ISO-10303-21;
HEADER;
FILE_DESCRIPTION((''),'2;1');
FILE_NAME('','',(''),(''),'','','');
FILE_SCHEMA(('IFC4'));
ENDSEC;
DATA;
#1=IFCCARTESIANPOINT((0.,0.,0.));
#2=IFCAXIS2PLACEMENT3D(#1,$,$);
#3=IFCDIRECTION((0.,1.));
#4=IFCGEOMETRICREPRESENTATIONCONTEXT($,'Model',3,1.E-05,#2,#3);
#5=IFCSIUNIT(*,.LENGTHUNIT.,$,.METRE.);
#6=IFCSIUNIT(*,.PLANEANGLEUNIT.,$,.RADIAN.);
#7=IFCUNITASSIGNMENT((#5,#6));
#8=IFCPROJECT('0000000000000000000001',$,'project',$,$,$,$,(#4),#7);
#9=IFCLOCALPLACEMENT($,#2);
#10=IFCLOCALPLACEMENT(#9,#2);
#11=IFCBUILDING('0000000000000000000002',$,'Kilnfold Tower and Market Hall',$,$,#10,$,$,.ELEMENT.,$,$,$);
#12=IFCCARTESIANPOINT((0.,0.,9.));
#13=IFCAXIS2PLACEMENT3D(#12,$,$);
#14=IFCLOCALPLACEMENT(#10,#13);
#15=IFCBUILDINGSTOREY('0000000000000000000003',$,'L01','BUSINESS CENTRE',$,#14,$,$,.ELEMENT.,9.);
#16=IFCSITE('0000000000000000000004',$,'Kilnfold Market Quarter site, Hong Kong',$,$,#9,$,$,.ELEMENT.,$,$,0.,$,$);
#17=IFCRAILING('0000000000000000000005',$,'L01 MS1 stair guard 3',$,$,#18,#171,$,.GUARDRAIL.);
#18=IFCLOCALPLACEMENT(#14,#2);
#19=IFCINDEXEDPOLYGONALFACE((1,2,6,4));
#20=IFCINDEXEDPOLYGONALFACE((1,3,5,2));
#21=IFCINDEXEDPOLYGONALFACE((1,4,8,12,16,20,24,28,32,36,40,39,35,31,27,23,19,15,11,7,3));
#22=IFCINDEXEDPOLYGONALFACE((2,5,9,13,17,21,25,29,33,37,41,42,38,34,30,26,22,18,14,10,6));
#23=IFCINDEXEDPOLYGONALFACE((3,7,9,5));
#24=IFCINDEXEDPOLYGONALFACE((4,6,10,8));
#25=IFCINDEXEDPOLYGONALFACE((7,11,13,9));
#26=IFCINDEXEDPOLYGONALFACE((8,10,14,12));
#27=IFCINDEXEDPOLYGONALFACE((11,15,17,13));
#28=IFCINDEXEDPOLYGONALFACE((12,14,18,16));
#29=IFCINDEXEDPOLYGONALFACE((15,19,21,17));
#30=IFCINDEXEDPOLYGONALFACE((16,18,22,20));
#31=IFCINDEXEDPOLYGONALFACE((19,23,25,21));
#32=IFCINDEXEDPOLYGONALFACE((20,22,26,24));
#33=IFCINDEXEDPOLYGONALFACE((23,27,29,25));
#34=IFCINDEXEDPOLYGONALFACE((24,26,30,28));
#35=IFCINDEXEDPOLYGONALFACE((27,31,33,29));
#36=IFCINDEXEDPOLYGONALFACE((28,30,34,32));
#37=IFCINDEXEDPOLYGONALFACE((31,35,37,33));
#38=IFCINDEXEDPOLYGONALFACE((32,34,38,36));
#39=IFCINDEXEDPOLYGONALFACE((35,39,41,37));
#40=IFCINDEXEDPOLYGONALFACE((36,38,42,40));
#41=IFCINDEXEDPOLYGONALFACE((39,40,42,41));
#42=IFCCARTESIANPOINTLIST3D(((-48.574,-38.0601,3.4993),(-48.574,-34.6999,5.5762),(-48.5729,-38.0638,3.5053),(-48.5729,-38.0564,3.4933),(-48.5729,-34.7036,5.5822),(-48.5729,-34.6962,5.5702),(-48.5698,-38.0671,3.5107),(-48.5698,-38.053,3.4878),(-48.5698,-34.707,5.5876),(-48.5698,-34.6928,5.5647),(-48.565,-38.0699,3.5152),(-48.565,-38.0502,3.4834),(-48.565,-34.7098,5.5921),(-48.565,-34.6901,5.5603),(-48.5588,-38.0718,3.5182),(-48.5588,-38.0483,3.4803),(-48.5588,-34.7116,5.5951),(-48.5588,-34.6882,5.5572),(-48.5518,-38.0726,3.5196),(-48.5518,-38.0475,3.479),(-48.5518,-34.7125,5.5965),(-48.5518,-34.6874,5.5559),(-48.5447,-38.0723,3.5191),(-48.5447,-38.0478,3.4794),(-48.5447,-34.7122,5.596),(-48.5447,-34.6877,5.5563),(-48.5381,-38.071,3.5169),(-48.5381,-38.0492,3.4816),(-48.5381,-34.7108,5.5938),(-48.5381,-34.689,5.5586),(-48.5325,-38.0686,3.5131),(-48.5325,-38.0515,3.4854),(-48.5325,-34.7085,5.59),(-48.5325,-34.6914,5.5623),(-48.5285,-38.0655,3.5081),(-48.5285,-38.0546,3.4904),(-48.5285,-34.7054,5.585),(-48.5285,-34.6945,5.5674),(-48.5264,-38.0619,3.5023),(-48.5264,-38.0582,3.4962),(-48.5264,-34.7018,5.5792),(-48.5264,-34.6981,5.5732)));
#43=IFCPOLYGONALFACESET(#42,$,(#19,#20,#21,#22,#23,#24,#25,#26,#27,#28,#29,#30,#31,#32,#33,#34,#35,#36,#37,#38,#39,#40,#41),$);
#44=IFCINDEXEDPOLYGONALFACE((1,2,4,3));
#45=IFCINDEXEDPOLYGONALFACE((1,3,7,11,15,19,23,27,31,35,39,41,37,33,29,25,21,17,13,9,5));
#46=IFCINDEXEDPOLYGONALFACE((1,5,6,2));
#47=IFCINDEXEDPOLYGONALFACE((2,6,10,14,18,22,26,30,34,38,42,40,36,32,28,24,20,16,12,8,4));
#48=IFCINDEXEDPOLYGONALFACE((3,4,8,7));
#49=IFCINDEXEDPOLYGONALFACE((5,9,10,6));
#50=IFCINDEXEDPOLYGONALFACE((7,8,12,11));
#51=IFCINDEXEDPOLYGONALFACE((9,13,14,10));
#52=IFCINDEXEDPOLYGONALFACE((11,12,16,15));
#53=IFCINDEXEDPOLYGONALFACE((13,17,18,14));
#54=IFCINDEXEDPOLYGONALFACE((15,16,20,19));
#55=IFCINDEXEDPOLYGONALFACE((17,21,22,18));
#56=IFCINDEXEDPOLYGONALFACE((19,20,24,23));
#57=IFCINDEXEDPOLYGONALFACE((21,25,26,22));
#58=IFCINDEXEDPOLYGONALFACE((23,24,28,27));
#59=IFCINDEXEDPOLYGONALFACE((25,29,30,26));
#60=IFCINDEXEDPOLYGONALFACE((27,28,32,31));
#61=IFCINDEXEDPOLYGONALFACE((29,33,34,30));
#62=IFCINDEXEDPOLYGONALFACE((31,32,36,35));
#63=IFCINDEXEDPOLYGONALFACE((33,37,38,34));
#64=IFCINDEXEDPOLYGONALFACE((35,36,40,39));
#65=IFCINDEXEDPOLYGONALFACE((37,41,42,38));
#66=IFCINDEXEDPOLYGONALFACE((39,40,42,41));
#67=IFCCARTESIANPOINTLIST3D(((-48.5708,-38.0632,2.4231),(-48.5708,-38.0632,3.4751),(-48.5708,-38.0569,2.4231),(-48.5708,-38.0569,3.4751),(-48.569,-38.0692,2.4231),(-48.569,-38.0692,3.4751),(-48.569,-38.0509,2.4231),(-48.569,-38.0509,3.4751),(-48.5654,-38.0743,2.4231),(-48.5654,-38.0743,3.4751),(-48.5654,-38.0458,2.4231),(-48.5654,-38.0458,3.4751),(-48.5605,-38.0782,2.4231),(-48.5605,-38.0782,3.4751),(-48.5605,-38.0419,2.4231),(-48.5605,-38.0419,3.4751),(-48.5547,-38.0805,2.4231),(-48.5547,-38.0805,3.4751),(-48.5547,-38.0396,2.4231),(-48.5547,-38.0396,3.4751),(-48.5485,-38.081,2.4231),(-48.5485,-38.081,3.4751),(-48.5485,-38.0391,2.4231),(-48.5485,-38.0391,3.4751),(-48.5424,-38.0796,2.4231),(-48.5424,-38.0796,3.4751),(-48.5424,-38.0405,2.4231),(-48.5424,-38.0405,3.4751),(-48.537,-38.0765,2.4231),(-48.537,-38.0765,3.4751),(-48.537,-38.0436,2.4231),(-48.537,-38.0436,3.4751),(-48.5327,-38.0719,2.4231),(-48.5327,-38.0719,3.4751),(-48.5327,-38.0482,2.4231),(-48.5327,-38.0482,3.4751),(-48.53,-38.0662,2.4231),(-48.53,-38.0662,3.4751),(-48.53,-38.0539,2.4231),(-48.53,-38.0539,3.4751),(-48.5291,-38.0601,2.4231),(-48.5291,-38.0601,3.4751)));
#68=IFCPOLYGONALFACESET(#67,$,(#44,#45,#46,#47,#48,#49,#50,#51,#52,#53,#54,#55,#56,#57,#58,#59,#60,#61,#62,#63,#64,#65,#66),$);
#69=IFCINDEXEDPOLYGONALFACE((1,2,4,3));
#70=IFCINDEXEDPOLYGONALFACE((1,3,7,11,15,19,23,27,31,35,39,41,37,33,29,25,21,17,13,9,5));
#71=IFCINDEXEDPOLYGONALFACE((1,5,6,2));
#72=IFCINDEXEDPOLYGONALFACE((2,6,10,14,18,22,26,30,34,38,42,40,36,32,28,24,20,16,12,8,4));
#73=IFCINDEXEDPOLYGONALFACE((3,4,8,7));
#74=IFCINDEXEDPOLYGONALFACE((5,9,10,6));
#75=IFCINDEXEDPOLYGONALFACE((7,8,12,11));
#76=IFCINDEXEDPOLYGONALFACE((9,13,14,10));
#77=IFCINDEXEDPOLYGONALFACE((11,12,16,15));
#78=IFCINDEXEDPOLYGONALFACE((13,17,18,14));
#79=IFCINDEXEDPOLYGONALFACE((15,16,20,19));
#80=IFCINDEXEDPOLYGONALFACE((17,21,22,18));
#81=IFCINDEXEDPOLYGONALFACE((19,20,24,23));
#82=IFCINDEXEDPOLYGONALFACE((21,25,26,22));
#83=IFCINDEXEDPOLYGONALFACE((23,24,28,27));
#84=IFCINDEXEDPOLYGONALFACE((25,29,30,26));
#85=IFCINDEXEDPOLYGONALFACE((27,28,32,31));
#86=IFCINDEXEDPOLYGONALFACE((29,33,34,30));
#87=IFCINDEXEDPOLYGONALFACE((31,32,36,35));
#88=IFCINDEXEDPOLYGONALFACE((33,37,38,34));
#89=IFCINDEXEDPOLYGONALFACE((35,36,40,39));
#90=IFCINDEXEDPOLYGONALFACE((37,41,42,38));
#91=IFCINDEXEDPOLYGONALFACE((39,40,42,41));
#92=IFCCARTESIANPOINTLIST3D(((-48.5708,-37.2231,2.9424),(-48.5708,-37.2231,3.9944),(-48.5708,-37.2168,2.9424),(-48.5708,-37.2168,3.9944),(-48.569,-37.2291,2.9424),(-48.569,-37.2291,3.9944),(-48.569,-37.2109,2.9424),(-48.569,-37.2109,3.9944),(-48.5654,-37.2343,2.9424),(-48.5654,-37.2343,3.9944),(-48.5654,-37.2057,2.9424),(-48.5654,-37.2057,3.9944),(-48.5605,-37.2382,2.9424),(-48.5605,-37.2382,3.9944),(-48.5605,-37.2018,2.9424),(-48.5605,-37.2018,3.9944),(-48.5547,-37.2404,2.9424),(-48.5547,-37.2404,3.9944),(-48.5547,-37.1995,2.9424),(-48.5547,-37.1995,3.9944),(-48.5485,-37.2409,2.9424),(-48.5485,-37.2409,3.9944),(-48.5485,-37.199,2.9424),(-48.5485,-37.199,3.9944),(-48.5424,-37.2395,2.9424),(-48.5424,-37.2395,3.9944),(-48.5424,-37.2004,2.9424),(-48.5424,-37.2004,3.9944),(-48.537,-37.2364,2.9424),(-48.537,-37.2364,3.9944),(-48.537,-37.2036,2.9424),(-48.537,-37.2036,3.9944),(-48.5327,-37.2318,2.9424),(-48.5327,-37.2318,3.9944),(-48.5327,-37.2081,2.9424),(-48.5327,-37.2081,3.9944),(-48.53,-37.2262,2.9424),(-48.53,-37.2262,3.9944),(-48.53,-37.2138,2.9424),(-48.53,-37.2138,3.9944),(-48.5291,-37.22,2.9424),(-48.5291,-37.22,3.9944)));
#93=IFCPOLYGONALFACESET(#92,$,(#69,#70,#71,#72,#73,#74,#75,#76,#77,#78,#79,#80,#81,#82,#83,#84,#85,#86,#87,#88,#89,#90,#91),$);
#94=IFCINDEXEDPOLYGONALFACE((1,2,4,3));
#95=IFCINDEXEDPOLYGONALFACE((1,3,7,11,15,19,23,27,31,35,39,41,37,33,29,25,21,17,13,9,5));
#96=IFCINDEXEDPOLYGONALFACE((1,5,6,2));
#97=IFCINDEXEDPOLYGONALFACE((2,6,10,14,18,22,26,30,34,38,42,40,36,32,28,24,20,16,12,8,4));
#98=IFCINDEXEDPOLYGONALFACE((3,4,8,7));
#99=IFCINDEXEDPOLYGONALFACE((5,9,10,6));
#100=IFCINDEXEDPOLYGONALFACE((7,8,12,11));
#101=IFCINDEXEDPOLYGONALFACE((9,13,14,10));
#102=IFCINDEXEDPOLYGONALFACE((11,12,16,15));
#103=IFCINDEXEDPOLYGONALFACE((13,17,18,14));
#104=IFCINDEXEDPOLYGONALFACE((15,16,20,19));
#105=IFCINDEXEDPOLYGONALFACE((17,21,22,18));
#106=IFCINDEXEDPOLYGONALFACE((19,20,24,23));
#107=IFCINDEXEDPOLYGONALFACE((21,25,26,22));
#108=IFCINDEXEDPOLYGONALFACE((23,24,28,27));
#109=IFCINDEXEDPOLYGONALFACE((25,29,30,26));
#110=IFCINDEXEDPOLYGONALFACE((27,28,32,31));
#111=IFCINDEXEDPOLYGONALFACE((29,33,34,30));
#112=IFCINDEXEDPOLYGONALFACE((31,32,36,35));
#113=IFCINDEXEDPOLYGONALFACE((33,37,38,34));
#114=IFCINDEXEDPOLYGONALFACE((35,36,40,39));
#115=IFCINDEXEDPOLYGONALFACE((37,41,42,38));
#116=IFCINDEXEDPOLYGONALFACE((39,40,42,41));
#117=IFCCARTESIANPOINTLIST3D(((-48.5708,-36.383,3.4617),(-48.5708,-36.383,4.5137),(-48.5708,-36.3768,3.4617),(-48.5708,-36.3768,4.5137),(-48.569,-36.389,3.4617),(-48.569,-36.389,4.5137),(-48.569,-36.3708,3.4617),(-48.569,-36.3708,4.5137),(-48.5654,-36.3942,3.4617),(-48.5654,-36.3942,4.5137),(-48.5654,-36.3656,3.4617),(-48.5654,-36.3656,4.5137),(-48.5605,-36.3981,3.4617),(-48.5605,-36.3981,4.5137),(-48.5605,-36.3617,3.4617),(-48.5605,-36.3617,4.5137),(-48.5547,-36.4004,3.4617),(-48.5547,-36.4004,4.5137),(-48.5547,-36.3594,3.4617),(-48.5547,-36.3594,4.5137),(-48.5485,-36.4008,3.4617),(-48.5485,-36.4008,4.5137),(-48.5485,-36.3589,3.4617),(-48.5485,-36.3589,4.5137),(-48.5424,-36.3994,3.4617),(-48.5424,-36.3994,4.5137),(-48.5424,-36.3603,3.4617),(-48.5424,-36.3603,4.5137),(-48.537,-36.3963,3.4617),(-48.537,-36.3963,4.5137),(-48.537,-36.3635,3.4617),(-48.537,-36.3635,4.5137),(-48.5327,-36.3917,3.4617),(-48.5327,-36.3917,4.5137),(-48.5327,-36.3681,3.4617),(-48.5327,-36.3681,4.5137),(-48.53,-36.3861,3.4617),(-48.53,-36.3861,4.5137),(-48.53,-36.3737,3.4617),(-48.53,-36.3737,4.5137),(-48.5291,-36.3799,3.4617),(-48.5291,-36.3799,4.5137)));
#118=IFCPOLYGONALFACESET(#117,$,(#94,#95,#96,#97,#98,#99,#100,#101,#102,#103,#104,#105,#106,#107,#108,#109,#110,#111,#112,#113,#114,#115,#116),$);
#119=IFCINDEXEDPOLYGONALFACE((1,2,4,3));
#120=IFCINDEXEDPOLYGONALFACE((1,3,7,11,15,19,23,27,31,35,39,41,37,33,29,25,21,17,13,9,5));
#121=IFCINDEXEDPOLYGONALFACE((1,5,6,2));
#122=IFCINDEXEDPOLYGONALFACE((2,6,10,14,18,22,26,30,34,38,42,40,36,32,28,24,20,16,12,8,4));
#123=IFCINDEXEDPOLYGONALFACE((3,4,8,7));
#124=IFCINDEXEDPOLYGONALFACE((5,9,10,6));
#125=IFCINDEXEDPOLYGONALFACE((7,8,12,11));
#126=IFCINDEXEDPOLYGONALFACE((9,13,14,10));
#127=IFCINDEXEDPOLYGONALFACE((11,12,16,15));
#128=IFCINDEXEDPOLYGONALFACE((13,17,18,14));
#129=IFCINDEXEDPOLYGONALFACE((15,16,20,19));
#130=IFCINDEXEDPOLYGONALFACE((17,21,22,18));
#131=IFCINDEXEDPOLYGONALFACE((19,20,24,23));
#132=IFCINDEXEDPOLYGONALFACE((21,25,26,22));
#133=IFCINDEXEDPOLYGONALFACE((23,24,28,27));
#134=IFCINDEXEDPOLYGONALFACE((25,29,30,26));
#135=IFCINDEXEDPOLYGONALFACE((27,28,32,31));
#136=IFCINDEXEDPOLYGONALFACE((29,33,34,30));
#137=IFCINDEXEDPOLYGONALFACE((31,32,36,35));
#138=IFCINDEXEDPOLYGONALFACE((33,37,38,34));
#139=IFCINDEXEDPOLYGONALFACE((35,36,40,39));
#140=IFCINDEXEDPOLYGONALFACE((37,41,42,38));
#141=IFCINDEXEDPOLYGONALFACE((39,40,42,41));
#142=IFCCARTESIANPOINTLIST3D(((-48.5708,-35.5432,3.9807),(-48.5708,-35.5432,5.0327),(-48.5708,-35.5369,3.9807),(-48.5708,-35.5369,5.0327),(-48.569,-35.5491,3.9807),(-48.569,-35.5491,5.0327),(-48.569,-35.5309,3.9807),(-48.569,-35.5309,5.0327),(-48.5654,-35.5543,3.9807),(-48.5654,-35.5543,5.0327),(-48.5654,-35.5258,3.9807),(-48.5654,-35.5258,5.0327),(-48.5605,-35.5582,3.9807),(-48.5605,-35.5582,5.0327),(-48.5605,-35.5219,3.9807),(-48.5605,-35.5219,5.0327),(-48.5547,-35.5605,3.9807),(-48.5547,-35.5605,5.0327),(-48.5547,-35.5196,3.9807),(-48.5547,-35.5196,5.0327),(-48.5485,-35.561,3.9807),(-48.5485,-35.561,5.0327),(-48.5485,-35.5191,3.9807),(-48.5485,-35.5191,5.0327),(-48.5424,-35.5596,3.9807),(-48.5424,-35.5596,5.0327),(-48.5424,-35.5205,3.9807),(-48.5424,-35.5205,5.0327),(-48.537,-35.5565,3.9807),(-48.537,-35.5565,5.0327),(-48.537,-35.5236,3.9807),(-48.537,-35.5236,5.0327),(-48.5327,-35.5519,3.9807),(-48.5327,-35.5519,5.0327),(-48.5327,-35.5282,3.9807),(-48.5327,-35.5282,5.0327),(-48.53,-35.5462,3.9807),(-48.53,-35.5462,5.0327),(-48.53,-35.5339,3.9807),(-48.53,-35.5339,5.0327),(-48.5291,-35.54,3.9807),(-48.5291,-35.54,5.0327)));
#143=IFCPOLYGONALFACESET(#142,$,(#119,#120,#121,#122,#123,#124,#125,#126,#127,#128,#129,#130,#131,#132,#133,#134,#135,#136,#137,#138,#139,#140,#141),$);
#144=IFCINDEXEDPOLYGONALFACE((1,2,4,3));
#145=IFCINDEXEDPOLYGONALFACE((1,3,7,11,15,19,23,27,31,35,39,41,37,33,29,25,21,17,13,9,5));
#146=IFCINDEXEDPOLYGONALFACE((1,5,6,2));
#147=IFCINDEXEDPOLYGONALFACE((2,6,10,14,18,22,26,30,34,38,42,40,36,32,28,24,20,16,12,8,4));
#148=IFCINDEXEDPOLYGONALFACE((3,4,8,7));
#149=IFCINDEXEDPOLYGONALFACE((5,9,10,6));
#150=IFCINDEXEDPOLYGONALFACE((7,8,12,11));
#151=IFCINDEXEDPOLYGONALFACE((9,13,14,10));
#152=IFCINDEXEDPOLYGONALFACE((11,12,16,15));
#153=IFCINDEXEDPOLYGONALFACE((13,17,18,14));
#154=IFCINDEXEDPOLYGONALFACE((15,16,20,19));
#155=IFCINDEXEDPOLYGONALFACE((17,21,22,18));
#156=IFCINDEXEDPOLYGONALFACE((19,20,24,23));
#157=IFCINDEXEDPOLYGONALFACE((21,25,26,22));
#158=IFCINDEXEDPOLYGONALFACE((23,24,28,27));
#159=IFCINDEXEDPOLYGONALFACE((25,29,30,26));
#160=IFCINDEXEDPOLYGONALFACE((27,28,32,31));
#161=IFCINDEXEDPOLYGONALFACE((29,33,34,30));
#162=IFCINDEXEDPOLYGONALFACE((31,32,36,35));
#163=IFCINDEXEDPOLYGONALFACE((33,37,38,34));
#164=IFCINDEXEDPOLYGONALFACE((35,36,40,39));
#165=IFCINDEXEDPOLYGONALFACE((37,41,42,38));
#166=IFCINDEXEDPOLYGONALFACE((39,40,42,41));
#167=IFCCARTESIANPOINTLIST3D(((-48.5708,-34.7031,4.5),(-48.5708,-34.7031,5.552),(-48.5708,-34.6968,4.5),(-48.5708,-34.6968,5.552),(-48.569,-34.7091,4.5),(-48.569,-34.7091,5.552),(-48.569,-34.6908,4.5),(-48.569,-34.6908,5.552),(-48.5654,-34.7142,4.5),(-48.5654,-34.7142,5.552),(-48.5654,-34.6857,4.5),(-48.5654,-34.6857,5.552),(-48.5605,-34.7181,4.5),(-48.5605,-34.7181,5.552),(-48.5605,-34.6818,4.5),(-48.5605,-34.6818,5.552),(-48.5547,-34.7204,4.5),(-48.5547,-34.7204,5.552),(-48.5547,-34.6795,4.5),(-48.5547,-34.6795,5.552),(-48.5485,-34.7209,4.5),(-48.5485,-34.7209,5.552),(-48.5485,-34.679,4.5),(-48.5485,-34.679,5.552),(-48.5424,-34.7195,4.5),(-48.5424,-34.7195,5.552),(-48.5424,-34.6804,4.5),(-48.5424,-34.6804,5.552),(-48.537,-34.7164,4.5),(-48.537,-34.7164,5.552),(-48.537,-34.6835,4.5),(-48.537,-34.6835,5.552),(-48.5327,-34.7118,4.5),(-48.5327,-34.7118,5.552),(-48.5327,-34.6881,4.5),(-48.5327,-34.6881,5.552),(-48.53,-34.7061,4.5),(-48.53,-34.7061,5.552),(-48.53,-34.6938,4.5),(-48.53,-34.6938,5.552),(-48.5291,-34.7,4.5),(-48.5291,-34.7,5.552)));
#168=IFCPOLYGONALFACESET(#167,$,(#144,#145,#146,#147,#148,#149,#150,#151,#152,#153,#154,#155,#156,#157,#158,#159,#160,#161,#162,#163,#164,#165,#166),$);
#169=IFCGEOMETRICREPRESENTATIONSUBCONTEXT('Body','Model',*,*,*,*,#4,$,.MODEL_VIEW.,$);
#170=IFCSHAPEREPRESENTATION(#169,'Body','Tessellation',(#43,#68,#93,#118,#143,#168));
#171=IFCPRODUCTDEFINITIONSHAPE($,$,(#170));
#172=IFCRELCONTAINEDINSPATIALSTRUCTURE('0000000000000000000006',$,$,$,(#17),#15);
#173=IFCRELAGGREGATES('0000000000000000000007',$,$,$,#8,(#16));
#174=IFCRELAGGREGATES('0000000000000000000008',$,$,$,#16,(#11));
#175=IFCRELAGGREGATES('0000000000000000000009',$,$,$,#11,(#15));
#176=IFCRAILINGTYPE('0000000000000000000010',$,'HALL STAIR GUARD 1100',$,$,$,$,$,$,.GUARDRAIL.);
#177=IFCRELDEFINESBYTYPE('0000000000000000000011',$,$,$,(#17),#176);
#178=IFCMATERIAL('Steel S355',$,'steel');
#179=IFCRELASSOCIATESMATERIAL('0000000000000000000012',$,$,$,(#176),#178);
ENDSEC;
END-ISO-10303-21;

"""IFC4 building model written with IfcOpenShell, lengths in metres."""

from ifc_helpers import new_model, si_unit, direction, frame, origin, origin_2d, place, context, subcontext, project, spatial, circle, extrude, material, type_object, element, save


model = new_model("IFC4")

# Units and contexts
model_context = context("Model", 3, precision=1e-05, world=origin(), true_north=direction((0.0, 1.0)))
body_context = subcontext(model_context, "Body", "Model", "MODEL_VIEW")
ifc_project = project(units=[si_unit("LENGTHUNIT", "METRE"), si_unit("PLANEANGLEUNIT", "RADIAN")], contexts=[model_context])

# Site, building, storey
site_placement = place(None, origin())
site = spatial("IfcSite", under=ifc_project, at=site_placement, Name="Kilnfold Market Quarter site, Hong Kong", CompositionType="ELEMENT", RefElevation=0.0)
building_placement = place(site_placement, origin())
building = spatial("IfcBuilding", under=site, at=building_placement, Name="Kilnfold Tower and Market Hall", CompositionType="ELEMENT")
storey_placement = place(building_placement, frame((0.0, 0.0, 9.0)))
storey = spatial("IfcBuildingStorey", under=building, at=storey_placement, Name="L01", Description="BUSINESS CENTRE", CompositionType="ELEMENT", Elevation=9.0)

# Railing
ifc_material_1 = material(Name="Steel S355", Category="steel")
railing_type_1 = type_object("IfcRailingType", Name="HALL STAIR GUARD 1100", PredefinedType="GUARDRAIL", material=ifc_material_1)
railing_1_placement = place(storey_placement, frame((-48.55, -38.0601, 2.4231)))
element("IfcRailing", 1, at=railing_1_placement, inside=storey, type_object=railing_type_1, Name="L01 MS1 stair guard 3", PredefinedType="GUARDRAIL", context=body_context, shape_type="SweptSolid", body=[
    extrude(circle(Radius=0.0239, at=origin_2d()), frame((0.0, 0.0, 1.0762), z_axis=(0.0, 0.850623, 0.525776), x_axis=(-1.0, 0.0, 0.0)), (0.0, 0.0, 1.0), 3.9502),
    extrude(circle(Radius=0.021, at=origin_2d()), origin(), (0.0, 0.0, 1.0), 1.052),
    extrude(circle(Radius=0.021, at=origin_2d()), frame((0.0, 0.8401, 0.5193)), (0.0, 0.0, 1.0), 1.052),
    extrude(circle(Radius=0.021, at=origin_2d()), frame((0.0, 1.6802, 1.0386)), (0.0, 0.0, 1.0), 1.052),
    extrude(circle(Radius=0.021, at=origin_2d()), frame((0.0, 2.52, 1.5576)), (0.0, 0.0, 1.0), 1.052),
    extrude(circle(Radius=0.021, at=origin_2d()), frame((0.0, 3.3601, 2.0769)), (0.0, 0.0, 1.0), 1.052),
])

save(model, "model.ifc")
